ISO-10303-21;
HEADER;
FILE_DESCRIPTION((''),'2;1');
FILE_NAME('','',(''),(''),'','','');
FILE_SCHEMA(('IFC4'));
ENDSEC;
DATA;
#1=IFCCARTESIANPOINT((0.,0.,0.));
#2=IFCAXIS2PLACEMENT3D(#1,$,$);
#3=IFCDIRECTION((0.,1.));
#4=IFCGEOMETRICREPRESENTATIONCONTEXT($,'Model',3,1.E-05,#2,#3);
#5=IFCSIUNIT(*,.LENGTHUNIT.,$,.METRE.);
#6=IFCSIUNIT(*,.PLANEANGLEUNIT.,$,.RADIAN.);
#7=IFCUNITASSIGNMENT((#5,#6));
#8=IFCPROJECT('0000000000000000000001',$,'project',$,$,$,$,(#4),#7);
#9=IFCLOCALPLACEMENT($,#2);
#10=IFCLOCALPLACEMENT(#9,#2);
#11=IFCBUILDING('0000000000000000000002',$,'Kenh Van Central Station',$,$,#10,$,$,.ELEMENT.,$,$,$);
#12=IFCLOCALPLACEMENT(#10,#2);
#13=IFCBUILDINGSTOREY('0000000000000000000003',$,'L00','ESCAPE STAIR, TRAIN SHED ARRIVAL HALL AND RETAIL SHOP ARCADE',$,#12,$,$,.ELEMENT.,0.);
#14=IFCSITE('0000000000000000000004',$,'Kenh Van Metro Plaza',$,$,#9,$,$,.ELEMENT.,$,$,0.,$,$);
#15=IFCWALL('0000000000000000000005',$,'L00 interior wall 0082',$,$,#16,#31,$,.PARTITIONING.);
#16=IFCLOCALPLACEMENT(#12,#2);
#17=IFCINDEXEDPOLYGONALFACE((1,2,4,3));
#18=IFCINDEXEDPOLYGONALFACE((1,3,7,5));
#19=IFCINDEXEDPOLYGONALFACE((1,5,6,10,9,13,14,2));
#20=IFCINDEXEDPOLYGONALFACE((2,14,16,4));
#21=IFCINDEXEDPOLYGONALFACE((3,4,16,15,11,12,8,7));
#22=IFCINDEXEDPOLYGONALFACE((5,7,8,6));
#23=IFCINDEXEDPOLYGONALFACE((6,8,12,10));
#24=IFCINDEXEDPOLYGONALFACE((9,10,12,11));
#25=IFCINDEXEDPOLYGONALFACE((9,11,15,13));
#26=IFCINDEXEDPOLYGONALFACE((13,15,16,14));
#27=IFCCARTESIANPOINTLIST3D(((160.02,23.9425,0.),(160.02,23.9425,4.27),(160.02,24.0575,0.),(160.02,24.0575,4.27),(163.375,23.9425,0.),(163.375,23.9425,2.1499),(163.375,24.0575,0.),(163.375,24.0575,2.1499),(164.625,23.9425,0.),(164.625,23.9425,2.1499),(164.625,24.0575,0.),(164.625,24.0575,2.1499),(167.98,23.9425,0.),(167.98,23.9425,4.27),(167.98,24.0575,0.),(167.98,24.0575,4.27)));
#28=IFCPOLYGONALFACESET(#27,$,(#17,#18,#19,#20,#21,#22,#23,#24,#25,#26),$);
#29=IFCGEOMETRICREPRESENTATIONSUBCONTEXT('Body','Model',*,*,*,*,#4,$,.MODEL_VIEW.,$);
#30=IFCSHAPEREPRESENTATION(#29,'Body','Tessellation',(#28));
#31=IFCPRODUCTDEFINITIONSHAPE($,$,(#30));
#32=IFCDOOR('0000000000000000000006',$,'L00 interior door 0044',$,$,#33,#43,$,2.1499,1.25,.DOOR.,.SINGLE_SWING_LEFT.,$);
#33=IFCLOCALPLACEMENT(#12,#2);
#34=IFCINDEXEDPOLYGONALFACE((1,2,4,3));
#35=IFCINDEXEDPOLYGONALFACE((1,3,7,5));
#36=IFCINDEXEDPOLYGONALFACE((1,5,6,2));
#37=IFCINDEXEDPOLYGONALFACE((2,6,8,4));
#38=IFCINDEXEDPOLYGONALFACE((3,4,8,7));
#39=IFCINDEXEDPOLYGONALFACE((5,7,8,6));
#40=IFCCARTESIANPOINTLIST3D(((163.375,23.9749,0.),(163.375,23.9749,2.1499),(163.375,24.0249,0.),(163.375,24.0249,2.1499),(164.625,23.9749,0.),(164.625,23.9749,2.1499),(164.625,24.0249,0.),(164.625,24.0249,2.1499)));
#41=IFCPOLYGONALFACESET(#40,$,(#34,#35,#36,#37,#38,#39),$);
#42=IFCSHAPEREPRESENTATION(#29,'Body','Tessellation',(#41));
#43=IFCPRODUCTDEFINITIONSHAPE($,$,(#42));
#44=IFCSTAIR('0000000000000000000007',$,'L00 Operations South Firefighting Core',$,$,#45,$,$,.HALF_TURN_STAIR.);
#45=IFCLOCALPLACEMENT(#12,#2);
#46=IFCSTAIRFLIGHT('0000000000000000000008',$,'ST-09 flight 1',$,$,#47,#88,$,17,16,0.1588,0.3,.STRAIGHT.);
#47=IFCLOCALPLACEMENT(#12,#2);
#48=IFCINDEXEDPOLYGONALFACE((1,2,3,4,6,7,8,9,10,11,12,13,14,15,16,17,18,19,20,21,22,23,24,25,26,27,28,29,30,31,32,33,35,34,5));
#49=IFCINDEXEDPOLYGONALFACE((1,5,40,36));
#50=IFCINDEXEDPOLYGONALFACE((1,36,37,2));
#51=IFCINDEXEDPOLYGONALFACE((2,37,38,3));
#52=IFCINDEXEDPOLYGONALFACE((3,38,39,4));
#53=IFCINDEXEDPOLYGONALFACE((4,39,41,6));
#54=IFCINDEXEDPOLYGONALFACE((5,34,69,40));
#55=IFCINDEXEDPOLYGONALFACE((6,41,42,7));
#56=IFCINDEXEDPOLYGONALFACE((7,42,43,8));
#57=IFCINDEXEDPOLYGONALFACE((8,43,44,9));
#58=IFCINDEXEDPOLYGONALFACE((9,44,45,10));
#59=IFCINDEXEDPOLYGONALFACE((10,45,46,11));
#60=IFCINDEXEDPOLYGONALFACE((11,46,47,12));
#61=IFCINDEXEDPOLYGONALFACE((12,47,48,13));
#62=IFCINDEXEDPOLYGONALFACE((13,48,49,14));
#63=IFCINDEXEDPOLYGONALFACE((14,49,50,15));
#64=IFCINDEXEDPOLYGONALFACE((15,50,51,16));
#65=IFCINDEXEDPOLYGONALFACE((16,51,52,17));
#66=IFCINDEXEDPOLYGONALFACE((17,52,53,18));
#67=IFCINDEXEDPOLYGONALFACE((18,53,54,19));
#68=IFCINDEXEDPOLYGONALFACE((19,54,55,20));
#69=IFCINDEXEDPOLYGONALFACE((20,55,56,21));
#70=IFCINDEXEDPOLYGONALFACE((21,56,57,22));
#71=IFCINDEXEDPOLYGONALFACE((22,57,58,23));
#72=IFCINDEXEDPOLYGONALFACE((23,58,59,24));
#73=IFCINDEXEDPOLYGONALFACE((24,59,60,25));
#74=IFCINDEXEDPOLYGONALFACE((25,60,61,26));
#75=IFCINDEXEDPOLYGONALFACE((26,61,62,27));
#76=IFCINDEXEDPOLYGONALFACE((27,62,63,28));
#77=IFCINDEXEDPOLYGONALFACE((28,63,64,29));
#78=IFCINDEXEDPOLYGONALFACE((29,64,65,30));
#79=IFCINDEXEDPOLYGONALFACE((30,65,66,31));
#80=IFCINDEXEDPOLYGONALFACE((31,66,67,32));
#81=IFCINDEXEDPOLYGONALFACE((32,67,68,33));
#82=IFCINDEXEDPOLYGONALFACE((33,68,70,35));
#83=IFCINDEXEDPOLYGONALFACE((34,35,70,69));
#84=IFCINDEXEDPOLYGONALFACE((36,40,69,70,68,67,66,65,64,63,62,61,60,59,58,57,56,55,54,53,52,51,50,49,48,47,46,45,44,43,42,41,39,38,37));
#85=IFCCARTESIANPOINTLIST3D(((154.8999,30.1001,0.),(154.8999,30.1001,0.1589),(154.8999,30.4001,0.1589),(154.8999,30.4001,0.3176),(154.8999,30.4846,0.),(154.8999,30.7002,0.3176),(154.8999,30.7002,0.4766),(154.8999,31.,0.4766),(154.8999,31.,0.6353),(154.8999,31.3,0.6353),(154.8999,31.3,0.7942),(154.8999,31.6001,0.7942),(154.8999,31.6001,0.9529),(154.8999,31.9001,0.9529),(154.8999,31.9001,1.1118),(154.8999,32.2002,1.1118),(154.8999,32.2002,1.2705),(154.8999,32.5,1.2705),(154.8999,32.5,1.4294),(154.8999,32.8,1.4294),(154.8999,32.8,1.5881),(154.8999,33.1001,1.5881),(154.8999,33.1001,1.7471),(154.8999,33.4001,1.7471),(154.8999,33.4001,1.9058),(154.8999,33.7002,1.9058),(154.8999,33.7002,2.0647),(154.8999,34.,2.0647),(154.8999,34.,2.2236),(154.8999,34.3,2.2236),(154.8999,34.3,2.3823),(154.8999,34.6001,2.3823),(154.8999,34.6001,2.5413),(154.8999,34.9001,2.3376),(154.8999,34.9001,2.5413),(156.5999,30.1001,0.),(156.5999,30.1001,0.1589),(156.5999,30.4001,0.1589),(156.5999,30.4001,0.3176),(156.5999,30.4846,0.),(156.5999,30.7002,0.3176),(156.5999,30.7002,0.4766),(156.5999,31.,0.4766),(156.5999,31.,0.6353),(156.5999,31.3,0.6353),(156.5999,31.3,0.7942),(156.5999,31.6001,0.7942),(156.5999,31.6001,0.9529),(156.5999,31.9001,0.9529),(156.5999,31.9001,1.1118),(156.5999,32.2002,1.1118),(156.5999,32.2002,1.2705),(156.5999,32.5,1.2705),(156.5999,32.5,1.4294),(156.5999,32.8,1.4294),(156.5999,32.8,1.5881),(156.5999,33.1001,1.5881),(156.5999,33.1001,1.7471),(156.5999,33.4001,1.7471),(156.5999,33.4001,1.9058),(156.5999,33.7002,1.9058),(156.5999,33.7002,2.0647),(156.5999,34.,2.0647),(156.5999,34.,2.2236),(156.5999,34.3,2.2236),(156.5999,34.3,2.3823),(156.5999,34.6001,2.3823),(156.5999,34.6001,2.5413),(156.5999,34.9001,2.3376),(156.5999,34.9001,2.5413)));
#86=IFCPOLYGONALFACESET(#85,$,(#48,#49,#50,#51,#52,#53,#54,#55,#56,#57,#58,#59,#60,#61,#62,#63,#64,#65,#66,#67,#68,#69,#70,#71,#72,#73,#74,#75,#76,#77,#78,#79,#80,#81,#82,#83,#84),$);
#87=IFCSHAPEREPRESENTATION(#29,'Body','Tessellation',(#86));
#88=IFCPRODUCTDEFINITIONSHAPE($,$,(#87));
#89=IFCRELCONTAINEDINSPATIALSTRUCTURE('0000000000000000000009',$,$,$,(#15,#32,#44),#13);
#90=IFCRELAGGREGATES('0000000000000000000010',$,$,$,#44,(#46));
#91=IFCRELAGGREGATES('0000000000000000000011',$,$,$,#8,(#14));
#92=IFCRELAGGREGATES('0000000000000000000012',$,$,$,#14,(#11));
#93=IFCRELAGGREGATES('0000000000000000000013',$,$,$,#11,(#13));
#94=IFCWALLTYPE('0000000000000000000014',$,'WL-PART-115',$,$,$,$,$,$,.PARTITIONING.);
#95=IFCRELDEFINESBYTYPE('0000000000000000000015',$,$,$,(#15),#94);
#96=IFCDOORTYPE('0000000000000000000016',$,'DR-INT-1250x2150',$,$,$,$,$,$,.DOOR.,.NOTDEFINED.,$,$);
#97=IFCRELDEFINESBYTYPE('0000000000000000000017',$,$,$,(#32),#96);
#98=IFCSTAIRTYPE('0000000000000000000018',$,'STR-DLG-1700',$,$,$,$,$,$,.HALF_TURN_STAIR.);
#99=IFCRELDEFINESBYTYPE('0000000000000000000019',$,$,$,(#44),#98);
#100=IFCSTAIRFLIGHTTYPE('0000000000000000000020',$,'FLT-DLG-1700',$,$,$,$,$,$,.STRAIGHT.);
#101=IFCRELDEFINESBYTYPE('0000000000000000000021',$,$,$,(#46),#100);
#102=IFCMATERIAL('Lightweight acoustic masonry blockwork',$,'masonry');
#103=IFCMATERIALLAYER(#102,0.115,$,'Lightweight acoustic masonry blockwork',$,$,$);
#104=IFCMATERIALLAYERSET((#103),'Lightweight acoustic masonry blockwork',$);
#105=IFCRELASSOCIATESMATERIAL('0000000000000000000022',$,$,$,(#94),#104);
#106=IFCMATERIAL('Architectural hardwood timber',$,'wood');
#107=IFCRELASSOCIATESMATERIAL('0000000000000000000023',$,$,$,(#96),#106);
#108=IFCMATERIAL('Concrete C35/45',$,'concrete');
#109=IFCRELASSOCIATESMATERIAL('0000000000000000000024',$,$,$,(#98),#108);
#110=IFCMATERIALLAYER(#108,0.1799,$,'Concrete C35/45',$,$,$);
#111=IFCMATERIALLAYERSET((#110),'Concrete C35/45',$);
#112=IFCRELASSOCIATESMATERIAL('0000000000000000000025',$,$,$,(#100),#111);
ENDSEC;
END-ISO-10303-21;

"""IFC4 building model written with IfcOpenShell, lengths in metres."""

from ifc_helpers import new_model, si_unit, direction, frame, frame_2d, origin, place, context, subcontext, project, spatial, polyline, rectangle, outline, extrude, material, layer, layer_set, type_object, element, fill, aggregate, save


model = new_model("IFC4")

# Units and contexts
model_context = context("Model", 3, precision=1e-05, world=origin(), true_north=direction((0.0, 1.0)))
body_context = subcontext(model_context, "Body", "Model", "MODEL_VIEW")
ifc_project = project(units=[si_unit("LENGTHUNIT", "METRE"), si_unit("PLANEANGLEUNIT", "RADIAN")], contexts=[model_context])

# Site, building, storey
site_placement = place(None, origin())
site = spatial("IfcSite", under=ifc_project, at=site_placement, Name="Kenh Van Metro Plaza", CompositionType="ELEMENT", RefElevation=0.0)
building_placement = place(site_placement, origin())
building = spatial("IfcBuilding", under=site, at=building_placement, Name="Kenh Van Central Station", CompositionType="ELEMENT")
storey_placement = place(building_placement, origin())
storey = spatial("IfcBuildingStorey", under=building, at=storey_placement, Name="L00", Description="ESCAPE STAIR, TRAIN SHED ARRIVAL HALL AND RETAIL SHOP ARCADE", CompositionType="ELEMENT", Elevation=0.0)

# Shared definitions
ifc_material_1 = material(Name="Concrete C35/45", Category="concrete")

# Shared definitions
ifc_material_2 = material(Name="Lightweight acoustic masonry blockwork", Category="masonry")

# Wall, opening, door
ifc_layer_1 = layer(ifc_material_2, 0.115, Name="Lightweight acoustic masonry blockwork")
ifc_layer_set_1 = layer_set([ifc_layer_1], Name="Lightweight acoustic masonry blockwork")
wall_type_1 = type_object("IfcWallType", Name="WL-PART-115", PredefinedType="PARTITIONING", material=ifc_layer_set_1)
wall_1_placement = place(storey_placement, frame((160.02, 24.0, 0.0), z_axis=(0.0, 0.0, 1.0), x_axis=(1.0, 0.0, 0.0)))
wall_1 = element("IfcWall", 1, at=wall_1_placement, inside=storey, type_object=wall_type_1, Name="L00 interior wall 0082", PredefinedType="PARTITIONING", context=body_context, shape_type="SweptSolid", body=[
    extrude(rectangle(XDim=7.96, YDim=0.115, at=frame_2d((3.98, 0.0))), origin(), (0.0, 0.0, 1.0), 4.27),
])
opening_1_placement = place(wall_1_placement, frame((3.355, 0.0, 0.0)))
opening_1 = element("IfcOpeningElement", 2, at=opening_1_placement, cuts=wall_1, PredefinedType="OPENING", context=body_context, shape_type="SweptSolid", body=[
    extrude(rectangle(XDim=1.25, YDim=2.1499, at=frame_2d((0.625, 1.075))), frame((0.0, 0.0674, 0.0), z_axis=(0.0, -1.0, 0.0), x_axis=(1.0, 0.0, 0.0)), (0.0, 0.0, 1.0), 0.135),
])
ifc_material_3 = material(Name="Architectural hardwood timber", Category="wood")
door_type_1 = type_object("IfcDoorType", Name="DR-INT-1250x2150", OperationType="NOTDEFINED", PredefinedType="DOOR", material=ifc_material_3)
door_1_placement = place(opening_1_placement, origin())
door_1 = element("IfcDoor", 3, at=door_1_placement, inside=storey, type_object=door_type_1, Name="L00 interior door 0044", OperationType="SINGLE_SWING_LEFT", OverallHeight=2.1499, OverallWidth=1.25, PredefinedType="DOOR", context=body_context, shape_type="SweptSolid", body=[
    extrude(rectangle(XDim=1.25, YDim=2.1499, at=frame_2d((0.625, 1.075))), frame((0.0, 0.0249, 0.0), z_axis=(0.0, -1.0, 0.0), x_axis=(1.0, 0.0, 0.0)), (0.0, 0.0, 1.0), 0.05),
])
fill(opening_1, door_1)

# Stair, stair flight
stair_type = type_object("IfcStairType", Name="STR-DLG-1700", PredefinedType="HALF_TURN_STAIR", material=ifc_material_1)
stair_placement = place(storey_placement, origin())
stair = element("IfcStair", 4, at=stair_placement, inside=storey, type_object=stair_type, Name="L00 Operations South Firefighting Core", PredefinedType="HALF_TURN_STAIR")
ifc_layer_2 = layer(ifc_material_1, 0.1799, Name="Concrete C35/45")
ifc_layer_set_2 = layer_set([ifc_layer_2], Name="Concrete C35/45")
stair_flight_type = type_object("IfcStairFlightType", Name="FLT-DLG-1700", PredefinedType="STRAIGHT", material=ifc_layer_set_2)
stair_flight_placement = place(storey_placement, frame((155.75, 30.1001, 0.0), z_axis=(0.0, 0.0, 1.0), x_axis=(0.0, 1.0, 0.0)))
stair_flight = element("IfcStairFlight", 5, at=stair_flight_placement, type_object=stair_flight_type, Name="ST-09 flight 1", NumberOfRisers=17, NumberOfTreads=16, PredefinedType="STRAIGHT", RiserHeight=0.1588, TreadLength=0.3, context=body_context, shape_type="SweptSolid", body=[
    extrude(outline(polyline([(0.0, 0.0), (0.0, 0.1589), (0.3, 0.1589), (0.3, 0.3176), (0.6001, 0.3176), (0.6001, 0.4766), (0.8999, 0.4766), (0.8999, 0.6353), (1.2, 0.6353), (1.2, 0.7942), (1.5, 0.7942), (1.5, 0.9529), (1.8, 0.9529), (1.8, 1.1118), (2.1001, 1.1118), (2.1001, 1.2705), (2.3999, 1.2705), (2.3999, 1.4294), (2.7, 1.4294), (2.7, 1.5881), (3.0, 1.5881), (3.0, 1.7471), (3.3, 1.7471), (3.3, 1.9058), (3.6001, 1.9058), (3.6001, 2.0647), (3.8999, 2.0647), (3.8999, 2.2236), (4.2, 2.2236), (4.2, 2.3823), (4.5, 2.3823), (4.5, 2.5413), (4.8, 2.5413), (4.8, 2.7), (4.8, 2.3376), (0.3845, 0.0), (0.0, 0.0)])), frame((0.0, 0.8501, 0.0), z_axis=(0.0, -1.0, 0.0), x_axis=(1.0, 0.0, 0.0)), (0.0, 0.0, 1.0), 1.7),
])
aggregate(stair, [stair_flight])

save(model, "model.ifc")
